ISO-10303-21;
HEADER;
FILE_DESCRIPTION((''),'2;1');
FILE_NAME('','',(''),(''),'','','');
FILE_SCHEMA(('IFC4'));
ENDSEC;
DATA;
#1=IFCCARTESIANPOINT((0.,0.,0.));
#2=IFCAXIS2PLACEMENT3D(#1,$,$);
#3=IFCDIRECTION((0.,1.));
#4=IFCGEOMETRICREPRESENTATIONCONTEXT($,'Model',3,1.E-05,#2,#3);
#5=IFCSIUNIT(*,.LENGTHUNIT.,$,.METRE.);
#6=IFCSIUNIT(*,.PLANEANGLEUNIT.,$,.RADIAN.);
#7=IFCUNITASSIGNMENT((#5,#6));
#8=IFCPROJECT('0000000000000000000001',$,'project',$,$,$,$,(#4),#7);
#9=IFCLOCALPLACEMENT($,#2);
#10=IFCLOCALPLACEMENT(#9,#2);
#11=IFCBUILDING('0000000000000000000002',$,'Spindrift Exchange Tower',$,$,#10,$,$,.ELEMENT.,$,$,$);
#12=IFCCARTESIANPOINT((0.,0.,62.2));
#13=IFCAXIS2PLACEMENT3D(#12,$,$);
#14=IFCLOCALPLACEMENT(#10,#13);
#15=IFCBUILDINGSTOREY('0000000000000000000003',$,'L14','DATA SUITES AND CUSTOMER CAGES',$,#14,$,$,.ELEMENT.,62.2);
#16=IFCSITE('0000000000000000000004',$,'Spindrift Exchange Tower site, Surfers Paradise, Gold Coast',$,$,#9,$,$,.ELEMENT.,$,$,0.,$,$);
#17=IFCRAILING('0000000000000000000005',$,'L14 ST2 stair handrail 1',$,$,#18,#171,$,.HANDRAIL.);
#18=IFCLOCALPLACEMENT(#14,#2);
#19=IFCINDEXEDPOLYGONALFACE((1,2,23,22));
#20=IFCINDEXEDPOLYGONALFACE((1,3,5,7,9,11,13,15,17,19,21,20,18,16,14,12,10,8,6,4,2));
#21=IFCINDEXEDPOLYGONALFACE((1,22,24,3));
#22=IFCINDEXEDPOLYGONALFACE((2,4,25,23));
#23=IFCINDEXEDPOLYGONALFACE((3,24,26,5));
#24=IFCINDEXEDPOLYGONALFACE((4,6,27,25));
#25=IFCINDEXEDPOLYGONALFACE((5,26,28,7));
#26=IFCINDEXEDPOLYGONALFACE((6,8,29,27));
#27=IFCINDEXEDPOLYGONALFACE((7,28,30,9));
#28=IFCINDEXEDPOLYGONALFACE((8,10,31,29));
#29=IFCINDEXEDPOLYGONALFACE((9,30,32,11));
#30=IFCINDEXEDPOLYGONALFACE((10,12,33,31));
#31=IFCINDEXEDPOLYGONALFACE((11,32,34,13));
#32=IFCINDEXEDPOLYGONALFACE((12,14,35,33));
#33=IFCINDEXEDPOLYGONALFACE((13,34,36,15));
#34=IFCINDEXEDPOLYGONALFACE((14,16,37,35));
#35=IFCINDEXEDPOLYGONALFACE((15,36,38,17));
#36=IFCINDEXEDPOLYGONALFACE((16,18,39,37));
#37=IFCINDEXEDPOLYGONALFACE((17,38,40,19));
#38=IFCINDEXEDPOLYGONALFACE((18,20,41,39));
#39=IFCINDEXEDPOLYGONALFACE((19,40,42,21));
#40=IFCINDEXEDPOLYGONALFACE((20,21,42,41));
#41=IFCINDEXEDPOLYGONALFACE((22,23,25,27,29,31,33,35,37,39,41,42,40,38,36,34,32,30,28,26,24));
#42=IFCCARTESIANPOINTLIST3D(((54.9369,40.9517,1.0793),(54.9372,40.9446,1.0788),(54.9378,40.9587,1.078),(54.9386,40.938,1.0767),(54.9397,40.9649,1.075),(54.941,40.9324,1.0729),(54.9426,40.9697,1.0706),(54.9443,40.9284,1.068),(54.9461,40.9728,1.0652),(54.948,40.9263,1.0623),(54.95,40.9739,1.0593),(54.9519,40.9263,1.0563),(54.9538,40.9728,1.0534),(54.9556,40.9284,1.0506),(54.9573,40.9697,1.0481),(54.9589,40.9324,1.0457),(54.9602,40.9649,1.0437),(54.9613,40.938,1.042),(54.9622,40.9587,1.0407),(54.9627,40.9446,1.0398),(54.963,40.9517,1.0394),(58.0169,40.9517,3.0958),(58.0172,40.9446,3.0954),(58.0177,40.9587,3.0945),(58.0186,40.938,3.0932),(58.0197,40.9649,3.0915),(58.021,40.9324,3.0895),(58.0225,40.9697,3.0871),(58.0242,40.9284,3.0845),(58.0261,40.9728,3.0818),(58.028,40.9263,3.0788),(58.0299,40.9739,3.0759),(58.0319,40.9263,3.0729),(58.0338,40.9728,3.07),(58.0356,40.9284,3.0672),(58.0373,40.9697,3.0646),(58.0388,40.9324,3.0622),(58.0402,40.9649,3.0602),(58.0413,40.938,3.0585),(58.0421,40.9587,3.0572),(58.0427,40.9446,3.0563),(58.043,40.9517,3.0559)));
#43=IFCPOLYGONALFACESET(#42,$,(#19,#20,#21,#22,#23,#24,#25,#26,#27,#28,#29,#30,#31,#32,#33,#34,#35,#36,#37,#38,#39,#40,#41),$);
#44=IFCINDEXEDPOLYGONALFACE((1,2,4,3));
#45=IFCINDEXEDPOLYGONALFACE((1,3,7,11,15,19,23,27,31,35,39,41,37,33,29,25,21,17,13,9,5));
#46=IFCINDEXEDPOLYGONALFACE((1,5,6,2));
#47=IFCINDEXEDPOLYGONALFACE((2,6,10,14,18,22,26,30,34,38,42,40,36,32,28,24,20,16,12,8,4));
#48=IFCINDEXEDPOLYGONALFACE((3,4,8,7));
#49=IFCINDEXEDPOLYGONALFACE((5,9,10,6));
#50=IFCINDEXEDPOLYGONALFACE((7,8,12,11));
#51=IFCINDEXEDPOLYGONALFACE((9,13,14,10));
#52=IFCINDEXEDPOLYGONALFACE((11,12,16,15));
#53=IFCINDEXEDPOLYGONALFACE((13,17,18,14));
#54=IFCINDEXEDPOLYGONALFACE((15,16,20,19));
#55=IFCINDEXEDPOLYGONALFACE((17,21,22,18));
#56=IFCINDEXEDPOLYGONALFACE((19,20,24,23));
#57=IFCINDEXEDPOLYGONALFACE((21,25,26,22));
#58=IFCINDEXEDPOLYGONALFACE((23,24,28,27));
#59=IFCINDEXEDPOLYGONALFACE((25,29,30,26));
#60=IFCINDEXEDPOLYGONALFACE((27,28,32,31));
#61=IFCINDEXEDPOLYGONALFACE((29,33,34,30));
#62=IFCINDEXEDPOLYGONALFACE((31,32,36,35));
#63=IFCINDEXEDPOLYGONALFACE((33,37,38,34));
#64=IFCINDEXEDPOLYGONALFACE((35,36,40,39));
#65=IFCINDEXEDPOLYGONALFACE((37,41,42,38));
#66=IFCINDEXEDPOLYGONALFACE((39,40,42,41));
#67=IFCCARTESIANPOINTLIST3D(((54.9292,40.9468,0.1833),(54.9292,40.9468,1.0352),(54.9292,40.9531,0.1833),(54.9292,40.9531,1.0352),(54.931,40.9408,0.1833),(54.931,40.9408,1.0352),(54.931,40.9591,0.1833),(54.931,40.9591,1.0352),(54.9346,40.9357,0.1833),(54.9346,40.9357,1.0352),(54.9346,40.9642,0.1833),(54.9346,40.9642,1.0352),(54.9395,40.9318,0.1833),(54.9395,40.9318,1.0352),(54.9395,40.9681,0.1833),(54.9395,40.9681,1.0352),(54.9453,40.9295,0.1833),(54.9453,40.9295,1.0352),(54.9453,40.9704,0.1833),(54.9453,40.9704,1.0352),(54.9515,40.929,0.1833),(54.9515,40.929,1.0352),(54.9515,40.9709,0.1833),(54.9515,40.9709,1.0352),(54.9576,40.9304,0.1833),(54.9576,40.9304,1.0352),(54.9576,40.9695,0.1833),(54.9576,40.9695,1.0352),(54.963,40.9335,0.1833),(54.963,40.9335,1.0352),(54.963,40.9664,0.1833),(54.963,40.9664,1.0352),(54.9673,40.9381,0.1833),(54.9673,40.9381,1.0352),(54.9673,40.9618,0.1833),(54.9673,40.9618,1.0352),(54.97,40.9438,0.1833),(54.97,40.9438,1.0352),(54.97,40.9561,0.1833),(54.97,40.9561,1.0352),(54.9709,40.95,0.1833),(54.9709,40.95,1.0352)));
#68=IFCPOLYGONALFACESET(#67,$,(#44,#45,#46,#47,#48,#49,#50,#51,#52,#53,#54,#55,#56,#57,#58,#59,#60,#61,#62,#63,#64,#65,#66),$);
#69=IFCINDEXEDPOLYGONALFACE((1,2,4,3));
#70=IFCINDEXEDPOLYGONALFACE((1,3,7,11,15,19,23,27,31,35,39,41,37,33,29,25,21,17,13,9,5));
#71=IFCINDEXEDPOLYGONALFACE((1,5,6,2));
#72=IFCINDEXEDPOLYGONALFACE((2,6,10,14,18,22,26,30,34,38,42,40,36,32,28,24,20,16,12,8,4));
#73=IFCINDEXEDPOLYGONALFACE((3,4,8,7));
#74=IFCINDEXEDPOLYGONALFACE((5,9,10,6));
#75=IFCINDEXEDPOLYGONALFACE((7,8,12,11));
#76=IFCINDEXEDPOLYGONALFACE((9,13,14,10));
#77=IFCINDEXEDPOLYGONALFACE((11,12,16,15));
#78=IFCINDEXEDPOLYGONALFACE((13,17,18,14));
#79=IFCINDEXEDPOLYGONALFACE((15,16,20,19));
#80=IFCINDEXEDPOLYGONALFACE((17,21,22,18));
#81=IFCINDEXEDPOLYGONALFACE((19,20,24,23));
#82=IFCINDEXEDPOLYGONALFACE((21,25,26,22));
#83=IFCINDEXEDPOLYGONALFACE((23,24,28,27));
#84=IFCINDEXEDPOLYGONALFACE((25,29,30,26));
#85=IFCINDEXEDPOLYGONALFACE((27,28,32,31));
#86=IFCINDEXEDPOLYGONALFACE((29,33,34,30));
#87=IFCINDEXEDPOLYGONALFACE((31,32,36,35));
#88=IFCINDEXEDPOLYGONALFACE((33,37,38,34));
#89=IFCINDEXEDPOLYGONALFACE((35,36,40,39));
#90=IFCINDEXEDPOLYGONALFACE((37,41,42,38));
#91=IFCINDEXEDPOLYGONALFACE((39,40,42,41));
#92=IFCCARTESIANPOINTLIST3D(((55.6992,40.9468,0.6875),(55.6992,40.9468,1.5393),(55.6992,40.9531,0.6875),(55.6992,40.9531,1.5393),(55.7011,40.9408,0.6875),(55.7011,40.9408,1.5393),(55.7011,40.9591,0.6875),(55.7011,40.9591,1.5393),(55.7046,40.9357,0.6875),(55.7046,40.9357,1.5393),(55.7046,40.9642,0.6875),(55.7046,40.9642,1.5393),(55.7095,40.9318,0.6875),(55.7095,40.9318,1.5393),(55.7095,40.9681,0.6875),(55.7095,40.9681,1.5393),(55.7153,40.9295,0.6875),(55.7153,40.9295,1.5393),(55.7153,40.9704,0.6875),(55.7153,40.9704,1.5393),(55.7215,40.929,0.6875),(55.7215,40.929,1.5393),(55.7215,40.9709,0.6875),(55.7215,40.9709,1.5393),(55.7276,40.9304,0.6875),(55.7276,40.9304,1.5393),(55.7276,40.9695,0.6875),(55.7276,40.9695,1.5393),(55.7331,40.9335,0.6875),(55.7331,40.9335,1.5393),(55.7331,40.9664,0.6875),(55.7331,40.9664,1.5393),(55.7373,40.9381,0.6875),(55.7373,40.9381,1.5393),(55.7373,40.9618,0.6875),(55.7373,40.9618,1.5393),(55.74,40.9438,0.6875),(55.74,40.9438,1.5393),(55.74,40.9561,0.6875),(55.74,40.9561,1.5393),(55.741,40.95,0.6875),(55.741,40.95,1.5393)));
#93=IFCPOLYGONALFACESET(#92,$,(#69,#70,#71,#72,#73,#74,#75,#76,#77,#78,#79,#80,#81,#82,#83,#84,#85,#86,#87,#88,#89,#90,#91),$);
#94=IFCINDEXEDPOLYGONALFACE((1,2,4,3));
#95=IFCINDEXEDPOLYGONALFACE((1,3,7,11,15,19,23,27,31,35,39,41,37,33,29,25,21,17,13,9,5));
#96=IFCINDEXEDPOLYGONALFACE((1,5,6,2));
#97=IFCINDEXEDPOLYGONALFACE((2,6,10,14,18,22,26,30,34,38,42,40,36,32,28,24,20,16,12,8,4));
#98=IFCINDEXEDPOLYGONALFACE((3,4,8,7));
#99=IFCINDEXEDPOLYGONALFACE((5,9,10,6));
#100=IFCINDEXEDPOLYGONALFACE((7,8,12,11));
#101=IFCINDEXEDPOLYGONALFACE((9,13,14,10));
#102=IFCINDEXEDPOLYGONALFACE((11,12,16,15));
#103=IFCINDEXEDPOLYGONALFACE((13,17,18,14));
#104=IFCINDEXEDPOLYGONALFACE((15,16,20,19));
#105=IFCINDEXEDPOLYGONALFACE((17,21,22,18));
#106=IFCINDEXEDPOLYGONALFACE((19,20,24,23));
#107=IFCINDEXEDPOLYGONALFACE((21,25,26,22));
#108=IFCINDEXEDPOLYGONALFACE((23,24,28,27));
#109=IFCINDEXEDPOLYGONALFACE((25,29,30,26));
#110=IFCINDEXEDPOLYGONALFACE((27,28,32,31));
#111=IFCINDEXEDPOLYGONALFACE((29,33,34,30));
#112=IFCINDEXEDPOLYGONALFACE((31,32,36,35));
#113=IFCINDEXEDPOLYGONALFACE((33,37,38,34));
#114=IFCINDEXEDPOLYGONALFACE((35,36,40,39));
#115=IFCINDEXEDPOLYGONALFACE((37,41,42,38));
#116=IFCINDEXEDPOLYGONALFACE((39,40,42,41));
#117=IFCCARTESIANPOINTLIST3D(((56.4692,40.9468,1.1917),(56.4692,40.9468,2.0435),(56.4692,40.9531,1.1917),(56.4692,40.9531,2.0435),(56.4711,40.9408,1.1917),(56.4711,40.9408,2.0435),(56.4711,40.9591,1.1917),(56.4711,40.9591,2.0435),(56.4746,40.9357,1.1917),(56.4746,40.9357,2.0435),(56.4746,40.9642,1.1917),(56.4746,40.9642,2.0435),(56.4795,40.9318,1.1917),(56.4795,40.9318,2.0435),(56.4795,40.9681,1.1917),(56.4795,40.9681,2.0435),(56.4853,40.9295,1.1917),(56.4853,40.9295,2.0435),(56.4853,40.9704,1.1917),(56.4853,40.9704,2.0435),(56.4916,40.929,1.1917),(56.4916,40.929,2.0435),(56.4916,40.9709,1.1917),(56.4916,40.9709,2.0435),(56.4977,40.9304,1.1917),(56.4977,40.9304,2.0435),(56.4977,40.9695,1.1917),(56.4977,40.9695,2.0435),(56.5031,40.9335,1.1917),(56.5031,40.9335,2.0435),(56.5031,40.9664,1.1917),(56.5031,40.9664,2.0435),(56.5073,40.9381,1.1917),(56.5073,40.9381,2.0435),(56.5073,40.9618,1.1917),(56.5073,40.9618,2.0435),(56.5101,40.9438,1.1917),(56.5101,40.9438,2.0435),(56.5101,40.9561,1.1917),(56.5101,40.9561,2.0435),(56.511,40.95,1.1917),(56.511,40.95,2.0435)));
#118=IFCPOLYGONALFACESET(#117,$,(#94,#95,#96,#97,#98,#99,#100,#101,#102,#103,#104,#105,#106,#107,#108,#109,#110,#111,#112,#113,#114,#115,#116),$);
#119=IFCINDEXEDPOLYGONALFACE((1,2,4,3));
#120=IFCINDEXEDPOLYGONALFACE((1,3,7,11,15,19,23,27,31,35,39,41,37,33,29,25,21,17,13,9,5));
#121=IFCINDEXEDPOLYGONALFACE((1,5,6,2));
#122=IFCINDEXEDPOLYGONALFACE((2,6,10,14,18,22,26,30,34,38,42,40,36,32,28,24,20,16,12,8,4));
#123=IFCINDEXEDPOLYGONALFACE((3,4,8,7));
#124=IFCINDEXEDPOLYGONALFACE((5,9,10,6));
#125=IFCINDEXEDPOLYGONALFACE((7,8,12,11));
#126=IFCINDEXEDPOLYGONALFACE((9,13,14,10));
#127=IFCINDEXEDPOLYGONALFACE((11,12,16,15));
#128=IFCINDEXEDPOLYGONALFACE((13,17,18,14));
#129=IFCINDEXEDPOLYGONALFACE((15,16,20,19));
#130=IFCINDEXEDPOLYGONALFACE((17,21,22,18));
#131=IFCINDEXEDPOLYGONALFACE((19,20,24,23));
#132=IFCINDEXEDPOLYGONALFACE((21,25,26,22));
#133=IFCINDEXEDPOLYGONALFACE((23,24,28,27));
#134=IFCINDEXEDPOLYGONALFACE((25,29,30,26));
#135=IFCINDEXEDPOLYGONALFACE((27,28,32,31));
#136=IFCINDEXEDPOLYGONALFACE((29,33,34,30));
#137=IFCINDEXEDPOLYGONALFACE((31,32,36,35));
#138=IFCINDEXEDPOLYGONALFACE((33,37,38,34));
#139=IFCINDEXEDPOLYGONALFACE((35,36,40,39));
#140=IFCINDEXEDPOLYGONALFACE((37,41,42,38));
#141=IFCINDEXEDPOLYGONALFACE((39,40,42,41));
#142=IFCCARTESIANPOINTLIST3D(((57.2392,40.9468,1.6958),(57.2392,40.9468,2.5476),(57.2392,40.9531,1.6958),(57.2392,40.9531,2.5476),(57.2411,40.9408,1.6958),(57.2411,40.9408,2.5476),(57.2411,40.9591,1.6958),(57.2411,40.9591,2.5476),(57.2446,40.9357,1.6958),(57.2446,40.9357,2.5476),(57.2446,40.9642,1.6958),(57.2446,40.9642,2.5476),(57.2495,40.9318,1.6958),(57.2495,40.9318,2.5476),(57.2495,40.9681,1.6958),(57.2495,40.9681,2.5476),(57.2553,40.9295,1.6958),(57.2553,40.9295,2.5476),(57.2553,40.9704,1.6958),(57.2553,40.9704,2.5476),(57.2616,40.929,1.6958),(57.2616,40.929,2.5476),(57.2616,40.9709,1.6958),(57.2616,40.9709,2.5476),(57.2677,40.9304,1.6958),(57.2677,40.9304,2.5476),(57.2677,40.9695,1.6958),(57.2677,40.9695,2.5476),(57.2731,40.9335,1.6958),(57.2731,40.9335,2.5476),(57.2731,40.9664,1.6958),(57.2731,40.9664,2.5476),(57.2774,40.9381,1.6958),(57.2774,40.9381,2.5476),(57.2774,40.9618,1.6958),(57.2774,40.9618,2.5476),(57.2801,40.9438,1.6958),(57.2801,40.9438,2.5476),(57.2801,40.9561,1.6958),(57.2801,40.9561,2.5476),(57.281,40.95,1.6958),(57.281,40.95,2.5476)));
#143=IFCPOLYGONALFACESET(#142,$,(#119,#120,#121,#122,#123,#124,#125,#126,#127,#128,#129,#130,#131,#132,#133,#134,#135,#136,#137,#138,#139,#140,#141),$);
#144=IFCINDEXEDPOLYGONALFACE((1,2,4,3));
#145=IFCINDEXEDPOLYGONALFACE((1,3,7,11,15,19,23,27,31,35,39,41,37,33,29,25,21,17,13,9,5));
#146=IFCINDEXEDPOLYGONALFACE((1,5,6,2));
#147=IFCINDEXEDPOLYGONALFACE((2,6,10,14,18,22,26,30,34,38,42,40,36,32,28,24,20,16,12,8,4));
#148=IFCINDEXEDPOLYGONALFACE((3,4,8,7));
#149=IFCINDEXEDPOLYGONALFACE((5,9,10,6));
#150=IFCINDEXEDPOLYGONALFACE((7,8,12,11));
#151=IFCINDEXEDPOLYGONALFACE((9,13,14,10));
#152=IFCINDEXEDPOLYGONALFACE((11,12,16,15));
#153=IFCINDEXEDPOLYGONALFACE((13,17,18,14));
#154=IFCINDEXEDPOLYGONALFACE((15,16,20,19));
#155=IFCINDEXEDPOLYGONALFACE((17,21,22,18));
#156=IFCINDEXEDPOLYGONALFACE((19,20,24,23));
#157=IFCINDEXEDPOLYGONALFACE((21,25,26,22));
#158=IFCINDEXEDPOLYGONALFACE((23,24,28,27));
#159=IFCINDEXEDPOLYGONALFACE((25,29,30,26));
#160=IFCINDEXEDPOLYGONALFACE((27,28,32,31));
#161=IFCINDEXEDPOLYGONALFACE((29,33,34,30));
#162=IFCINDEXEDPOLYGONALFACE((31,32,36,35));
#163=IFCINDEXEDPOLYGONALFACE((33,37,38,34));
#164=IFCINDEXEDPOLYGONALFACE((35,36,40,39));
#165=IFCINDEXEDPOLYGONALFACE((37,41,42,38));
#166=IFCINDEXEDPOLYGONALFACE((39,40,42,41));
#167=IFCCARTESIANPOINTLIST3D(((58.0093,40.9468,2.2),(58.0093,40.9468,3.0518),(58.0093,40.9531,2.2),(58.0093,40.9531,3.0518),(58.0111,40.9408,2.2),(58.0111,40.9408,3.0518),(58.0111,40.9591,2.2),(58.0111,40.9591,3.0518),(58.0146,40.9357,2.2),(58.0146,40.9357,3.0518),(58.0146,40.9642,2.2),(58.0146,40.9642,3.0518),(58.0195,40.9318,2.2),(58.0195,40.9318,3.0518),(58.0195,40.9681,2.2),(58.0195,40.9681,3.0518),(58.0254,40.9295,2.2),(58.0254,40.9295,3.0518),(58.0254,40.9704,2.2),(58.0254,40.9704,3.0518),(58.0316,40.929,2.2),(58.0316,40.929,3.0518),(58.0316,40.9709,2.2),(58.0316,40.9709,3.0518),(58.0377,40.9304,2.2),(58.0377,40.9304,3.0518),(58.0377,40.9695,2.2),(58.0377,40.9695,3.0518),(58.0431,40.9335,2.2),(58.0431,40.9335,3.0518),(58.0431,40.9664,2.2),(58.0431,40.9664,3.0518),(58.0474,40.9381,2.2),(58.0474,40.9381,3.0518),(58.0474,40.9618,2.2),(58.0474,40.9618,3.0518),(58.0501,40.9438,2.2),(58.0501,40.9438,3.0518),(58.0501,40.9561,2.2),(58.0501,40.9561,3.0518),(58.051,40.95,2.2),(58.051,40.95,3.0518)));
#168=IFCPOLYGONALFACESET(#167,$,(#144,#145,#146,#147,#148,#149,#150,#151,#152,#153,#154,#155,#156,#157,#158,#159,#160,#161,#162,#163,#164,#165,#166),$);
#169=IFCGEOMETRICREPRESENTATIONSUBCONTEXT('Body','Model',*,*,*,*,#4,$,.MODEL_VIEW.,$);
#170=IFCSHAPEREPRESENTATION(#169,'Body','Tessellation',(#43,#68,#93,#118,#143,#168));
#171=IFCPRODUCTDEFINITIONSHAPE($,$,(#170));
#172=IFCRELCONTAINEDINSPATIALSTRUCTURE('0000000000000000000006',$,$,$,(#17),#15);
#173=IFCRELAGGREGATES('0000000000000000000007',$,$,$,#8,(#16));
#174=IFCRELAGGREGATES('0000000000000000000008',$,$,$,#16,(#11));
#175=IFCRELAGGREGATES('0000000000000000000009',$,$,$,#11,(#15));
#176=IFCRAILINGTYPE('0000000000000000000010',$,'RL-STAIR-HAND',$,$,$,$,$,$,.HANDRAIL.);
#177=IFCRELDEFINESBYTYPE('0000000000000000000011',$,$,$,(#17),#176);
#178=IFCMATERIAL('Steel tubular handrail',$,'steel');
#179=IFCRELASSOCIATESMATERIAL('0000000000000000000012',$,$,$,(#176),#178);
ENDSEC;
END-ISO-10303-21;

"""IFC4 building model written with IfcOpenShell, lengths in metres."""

from ifc_helpers import new_model, si_unit, direction, frame, origin, origin_2d, place, context, subcontext, project, spatial, circle, extrude, material, type_object, element, save


model = new_model("IFC4")

# Units and contexts
model_context = context("Model", 3, precision=1e-05, world=origin(), true_north=direction((0.0, 1.0)))
body_context = subcontext(model_context, "Body", "Model", "MODEL_VIEW")
ifc_project = project(units=[si_unit("LENGTHUNIT", "METRE"), si_unit("PLANEANGLEUNIT", "RADIAN")], contexts=[model_context])

# Site, building, storey
site_placement = place(None, origin())
site = spatial("IfcSite", under=ifc_project, at=site_placement, Name="Spindrift Exchange Tower site, Surfers Paradise, Gold Coast", CompositionType="ELEMENT", RefElevation=0.0)
building_placement = place(site_placement, origin())
building = spatial("IfcBuilding", under=site, at=building_placement, Name="Spindrift Exchange Tower", CompositionType="ELEMENT")
storey_placement = place(building_placement, frame((0.0, 0.0, 62.2)))
storey = spatial("IfcBuildingStorey", under=building, at=storey_placement, Name="L14", Description="DATA SUITES AND CUSTOMER CAGES", CompositionType="ELEMENT", Elevation=62.2)

# Railing
ifc_material_1 = material(Name="Steel tubular handrail", Category="steel")
railing_type_1 = type_object("IfcRailingType", Name="RL-STAIR-HAND", PredefinedType="HANDRAIL", material=ifc_material_1)
railing_1_placement = place(storey_placement, frame((54.95, 40.95, 0.1833)))
element("IfcRailing", 1, at=railing_1_placement, inside=storey, type_object=railing_type_1, Name="L14 ST2 stair handrail 1", PredefinedType="HANDRAIL", context=body_context, shape_type="SweptSolid", body=[
    extrude(circle(Radius=0.0239, at=origin_2d()), frame((0.0, 0.0, 0.876), z_axis=(0.836633, 0.0, 0.547764), x_axis=(0.0, 1.0, 0.0)), (0.0, 0.0, 1.0), 3.6814),
    extrude(circle(Radius=0.021, at=origin_2d()), origin(), (0.0, 0.0, 1.0), 0.8518),
    extrude(circle(Radius=0.021, at=origin_2d()), frame((0.77, 0.0, 0.5042)), (0.0, 0.0, 1.0), 0.8518),
    extrude(circle(Radius=0.021, at=origin_2d()), frame((1.54, 0.0, 1.0083)), (0.0, 0.0, 1.0), 0.8518),
    extrude(circle(Radius=0.021, at=origin_2d()), frame((2.3101, 0.0, 1.5125)), (0.0, 0.0, 1.0), 0.8518),
    extrude(circle(Radius=0.021, at=origin_2d()), frame((3.0801, 0.0, 2.0166)), (0.0, 0.0, 1.0), 0.8518),
])

save(model, "model.ifc")
